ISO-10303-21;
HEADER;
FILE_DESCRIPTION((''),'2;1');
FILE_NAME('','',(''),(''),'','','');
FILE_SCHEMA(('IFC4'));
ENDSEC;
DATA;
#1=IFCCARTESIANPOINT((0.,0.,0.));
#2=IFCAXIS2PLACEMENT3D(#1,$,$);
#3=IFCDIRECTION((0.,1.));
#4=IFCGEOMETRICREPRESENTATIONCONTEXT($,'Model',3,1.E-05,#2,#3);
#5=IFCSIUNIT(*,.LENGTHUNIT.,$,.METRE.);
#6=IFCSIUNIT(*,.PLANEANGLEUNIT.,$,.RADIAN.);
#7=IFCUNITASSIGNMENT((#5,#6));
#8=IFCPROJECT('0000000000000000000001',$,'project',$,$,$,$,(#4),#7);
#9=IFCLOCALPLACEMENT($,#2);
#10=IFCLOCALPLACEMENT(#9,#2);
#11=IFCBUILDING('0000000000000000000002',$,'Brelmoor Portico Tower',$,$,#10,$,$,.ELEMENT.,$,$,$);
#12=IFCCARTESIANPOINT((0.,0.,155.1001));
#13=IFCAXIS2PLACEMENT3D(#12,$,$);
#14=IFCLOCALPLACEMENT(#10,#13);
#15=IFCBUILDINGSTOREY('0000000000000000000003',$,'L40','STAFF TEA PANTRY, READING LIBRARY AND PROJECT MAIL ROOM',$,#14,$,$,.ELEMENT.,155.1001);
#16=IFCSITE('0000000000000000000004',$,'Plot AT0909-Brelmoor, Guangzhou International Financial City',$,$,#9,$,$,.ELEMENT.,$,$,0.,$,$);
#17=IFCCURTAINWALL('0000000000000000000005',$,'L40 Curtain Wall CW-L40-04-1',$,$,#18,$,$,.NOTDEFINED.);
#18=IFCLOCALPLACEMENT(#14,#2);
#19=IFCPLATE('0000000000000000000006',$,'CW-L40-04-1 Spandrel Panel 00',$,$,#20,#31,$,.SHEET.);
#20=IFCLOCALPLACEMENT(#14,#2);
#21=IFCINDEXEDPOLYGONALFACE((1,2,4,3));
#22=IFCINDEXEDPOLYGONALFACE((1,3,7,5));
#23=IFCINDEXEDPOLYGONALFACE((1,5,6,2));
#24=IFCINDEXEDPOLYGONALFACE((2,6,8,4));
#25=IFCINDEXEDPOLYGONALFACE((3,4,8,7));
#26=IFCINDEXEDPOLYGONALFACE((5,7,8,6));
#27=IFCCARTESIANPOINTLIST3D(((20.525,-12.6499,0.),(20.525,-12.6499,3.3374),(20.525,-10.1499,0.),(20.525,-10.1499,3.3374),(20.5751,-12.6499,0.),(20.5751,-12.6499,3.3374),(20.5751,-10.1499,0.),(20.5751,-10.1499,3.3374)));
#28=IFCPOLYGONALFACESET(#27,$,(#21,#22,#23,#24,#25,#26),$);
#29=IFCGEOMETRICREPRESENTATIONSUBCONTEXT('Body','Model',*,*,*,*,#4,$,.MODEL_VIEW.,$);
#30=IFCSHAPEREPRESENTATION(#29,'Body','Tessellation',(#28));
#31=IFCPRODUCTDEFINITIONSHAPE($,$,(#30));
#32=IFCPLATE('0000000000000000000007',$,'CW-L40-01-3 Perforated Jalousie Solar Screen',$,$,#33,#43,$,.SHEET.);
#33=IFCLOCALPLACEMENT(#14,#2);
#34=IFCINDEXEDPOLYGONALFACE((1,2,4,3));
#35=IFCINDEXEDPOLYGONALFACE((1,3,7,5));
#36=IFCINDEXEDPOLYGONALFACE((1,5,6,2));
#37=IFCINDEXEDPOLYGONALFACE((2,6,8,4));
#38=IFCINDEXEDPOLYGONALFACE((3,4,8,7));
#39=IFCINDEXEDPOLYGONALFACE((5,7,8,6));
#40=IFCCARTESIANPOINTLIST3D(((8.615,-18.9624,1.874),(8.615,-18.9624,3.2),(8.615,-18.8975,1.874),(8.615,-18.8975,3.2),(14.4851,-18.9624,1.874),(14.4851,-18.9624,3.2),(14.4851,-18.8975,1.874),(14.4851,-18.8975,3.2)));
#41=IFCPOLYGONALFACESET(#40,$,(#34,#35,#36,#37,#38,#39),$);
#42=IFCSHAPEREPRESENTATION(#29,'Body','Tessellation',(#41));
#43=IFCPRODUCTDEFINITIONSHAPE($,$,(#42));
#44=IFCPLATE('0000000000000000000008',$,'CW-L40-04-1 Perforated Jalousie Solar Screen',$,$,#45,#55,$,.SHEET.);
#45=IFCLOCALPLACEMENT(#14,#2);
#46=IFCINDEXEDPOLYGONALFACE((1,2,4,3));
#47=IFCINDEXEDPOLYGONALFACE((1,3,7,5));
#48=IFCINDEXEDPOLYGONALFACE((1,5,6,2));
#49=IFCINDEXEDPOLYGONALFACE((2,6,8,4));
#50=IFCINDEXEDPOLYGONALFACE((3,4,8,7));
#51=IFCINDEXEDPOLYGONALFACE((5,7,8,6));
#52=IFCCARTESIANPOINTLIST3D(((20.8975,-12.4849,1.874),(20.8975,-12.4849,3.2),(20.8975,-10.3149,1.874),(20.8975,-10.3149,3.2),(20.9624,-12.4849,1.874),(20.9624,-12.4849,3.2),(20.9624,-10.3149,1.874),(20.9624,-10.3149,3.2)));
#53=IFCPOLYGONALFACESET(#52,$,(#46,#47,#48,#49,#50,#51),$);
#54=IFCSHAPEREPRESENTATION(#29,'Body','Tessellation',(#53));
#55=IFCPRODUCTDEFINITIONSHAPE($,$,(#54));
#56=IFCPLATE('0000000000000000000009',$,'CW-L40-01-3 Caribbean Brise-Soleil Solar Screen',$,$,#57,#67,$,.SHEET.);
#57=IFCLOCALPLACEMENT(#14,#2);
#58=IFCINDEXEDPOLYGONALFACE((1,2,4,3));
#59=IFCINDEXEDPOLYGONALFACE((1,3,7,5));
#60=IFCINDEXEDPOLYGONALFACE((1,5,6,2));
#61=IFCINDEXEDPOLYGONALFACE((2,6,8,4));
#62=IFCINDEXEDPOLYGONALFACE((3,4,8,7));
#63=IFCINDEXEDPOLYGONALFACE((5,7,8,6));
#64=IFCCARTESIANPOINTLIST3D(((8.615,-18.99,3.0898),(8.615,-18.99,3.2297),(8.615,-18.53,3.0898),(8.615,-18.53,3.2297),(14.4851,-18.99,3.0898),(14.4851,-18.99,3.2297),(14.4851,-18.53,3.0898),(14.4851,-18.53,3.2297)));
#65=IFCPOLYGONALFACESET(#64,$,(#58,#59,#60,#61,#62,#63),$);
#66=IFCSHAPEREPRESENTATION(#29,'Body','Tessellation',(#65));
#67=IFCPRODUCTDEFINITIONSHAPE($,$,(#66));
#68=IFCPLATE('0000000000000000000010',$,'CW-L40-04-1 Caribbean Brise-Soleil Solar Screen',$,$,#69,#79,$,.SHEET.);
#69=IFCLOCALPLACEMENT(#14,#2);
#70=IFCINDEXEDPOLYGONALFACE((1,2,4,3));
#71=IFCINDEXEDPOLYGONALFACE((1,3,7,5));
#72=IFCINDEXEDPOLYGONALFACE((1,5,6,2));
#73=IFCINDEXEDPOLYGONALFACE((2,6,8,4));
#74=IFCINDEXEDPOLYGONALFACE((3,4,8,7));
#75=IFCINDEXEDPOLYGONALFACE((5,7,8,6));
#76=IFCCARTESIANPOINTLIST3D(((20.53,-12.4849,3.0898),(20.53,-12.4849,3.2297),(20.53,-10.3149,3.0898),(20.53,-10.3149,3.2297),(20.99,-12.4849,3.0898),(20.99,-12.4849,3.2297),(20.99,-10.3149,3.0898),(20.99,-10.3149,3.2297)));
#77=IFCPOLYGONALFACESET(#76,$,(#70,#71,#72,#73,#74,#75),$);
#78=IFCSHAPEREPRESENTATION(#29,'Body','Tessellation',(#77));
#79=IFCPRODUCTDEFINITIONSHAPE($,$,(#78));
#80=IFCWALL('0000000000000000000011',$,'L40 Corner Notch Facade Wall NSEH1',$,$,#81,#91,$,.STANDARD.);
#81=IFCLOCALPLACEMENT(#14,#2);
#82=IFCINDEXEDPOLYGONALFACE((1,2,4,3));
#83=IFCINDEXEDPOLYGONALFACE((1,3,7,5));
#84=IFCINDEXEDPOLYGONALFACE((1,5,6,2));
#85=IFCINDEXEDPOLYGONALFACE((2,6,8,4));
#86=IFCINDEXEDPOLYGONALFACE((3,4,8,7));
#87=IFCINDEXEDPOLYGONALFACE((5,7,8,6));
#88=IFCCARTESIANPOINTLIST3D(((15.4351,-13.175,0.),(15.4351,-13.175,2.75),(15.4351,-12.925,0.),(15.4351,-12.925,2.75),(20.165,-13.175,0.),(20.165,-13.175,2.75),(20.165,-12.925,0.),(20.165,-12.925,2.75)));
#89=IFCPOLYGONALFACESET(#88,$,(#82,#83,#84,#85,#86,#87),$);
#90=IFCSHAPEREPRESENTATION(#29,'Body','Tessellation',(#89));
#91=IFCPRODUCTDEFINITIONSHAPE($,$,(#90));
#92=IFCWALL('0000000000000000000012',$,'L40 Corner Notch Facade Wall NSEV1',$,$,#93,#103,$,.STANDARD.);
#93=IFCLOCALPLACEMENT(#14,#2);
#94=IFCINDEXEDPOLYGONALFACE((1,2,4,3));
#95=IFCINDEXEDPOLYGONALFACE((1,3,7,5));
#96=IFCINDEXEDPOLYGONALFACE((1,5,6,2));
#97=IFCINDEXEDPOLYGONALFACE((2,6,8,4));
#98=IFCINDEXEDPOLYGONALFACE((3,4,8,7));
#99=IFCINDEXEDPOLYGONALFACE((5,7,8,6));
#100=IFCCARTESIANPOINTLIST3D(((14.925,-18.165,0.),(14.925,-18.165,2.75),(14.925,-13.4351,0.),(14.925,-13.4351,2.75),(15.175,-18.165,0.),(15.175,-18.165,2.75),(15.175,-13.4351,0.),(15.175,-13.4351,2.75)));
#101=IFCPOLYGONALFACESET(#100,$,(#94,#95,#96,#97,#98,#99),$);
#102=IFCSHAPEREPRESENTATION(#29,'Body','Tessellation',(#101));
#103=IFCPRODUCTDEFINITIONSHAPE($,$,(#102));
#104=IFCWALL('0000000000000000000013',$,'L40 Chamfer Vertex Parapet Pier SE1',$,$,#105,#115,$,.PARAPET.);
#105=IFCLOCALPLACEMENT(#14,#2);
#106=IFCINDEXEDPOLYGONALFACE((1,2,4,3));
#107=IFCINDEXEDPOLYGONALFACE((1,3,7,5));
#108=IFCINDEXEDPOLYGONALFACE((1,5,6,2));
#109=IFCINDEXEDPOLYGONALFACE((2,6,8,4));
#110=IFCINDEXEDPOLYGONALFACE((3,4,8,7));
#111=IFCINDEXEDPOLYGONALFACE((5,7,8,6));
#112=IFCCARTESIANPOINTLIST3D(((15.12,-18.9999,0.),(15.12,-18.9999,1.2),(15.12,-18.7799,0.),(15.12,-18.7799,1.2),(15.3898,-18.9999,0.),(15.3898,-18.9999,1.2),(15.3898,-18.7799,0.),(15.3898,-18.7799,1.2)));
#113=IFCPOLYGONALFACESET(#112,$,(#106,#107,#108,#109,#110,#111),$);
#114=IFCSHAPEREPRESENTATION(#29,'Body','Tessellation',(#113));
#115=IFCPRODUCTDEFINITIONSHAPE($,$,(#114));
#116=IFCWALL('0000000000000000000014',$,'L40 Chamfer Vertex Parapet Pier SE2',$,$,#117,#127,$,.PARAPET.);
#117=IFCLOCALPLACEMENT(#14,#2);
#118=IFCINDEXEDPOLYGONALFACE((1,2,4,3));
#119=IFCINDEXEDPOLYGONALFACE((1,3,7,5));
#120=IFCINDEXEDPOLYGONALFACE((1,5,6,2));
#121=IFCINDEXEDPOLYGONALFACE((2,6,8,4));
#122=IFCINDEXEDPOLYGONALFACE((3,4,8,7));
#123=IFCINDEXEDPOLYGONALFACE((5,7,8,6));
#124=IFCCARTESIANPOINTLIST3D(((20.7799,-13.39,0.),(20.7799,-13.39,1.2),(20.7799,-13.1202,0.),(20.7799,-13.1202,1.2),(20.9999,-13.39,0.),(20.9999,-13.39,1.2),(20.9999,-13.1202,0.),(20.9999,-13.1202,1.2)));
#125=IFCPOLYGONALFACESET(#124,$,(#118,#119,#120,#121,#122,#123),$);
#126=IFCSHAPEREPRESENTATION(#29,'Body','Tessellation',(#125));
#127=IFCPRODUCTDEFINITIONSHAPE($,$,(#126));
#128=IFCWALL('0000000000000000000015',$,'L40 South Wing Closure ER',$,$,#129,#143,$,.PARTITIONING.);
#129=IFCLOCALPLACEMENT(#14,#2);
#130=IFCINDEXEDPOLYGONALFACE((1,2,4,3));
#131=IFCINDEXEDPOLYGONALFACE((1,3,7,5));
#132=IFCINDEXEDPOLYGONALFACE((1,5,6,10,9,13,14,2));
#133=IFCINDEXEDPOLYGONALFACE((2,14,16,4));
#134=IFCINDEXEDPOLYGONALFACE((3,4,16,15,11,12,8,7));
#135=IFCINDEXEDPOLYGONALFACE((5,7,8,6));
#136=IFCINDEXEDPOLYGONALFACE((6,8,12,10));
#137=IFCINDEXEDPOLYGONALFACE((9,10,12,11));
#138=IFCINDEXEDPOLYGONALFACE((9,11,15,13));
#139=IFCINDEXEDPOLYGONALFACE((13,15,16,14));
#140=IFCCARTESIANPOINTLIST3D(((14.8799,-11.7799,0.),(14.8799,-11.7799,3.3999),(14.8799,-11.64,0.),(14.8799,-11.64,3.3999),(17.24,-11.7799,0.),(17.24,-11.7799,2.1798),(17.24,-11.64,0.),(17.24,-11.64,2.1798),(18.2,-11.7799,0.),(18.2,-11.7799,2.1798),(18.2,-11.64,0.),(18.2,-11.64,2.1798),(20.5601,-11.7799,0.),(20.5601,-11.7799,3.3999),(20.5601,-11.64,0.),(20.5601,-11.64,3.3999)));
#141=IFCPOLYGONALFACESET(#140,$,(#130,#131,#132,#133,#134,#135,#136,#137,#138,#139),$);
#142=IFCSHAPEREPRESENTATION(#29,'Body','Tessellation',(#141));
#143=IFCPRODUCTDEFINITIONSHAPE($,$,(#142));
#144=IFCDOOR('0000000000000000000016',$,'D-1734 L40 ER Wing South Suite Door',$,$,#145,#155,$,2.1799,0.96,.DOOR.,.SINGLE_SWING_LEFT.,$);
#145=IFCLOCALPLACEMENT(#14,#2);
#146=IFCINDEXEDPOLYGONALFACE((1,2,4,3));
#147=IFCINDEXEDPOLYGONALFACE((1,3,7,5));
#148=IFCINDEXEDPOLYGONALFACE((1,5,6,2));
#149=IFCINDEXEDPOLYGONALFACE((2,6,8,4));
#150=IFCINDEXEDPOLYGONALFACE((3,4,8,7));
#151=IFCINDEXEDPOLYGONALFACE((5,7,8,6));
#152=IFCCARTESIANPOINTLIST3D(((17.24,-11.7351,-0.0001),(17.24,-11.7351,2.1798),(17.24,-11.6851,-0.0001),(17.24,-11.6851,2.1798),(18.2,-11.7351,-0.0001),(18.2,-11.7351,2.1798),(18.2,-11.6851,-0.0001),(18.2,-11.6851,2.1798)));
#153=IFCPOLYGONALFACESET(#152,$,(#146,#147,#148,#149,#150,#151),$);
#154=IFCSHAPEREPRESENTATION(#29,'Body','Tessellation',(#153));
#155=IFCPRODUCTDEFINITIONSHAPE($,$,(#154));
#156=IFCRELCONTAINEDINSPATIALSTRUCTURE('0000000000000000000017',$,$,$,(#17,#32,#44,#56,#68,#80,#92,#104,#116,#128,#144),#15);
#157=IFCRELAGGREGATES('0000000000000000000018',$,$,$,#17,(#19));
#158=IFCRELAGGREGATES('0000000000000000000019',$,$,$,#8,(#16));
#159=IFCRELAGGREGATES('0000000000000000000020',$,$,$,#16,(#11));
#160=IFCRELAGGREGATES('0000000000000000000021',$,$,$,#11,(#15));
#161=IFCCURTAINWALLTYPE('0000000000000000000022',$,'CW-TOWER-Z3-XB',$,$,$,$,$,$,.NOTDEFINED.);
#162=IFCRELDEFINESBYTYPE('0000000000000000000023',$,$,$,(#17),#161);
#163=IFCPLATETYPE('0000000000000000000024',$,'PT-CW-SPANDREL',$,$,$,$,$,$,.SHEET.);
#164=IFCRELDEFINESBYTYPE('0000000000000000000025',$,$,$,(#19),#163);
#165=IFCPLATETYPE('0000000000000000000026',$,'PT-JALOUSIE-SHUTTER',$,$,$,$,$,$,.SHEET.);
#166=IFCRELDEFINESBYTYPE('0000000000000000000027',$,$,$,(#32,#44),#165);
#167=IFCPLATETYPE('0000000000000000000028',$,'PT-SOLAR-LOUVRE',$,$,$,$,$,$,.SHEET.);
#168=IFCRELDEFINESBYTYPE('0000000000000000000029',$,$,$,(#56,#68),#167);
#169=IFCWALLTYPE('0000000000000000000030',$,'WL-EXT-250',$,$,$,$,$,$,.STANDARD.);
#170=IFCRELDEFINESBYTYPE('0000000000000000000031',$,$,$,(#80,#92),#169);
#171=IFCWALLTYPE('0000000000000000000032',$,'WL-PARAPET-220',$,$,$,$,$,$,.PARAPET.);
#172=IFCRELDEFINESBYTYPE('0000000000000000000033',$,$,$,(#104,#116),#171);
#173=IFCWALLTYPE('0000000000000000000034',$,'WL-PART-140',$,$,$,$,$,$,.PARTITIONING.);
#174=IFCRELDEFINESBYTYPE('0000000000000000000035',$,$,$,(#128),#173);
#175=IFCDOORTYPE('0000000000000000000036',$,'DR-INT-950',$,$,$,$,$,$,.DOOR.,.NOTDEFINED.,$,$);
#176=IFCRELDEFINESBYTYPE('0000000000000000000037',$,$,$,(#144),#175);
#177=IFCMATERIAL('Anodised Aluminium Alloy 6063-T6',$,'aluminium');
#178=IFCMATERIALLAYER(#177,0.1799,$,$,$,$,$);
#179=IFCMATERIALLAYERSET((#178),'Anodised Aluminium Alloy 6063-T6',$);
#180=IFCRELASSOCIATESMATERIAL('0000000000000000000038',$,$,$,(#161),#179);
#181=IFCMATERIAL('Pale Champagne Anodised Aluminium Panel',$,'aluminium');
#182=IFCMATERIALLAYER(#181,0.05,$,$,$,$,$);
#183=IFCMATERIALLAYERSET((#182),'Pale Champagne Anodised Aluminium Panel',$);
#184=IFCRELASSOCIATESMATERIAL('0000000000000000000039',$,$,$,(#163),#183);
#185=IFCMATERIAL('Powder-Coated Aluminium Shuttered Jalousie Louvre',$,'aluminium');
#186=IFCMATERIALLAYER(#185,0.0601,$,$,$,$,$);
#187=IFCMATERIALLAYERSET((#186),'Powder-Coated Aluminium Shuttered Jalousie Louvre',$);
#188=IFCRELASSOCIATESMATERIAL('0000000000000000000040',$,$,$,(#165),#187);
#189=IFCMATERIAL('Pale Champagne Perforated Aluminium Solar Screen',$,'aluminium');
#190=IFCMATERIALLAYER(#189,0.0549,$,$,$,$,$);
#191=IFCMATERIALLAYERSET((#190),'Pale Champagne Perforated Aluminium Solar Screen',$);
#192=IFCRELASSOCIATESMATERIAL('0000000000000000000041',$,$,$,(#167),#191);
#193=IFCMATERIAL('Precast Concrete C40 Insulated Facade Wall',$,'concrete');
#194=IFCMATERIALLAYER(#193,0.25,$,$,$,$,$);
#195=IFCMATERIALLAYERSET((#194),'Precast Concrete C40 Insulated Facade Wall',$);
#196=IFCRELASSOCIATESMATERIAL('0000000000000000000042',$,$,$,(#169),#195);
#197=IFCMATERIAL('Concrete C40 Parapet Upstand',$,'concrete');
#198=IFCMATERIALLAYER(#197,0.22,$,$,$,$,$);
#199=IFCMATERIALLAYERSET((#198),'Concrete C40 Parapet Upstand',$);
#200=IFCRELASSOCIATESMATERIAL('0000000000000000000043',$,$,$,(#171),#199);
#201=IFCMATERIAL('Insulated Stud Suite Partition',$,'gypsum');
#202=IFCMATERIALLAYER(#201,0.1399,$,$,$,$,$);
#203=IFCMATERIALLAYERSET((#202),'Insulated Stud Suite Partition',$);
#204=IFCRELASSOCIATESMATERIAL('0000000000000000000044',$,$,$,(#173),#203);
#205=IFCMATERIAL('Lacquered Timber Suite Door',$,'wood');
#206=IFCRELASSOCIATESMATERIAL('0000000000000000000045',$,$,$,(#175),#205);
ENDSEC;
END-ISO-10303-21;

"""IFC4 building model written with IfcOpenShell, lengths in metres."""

from ifc_helpers import new_model, si_unit, direction, frame, frame_2d, origin, origin_2d, place, context, subcontext, project, spatial, rectangle, extrude, material, layer, layer_set, type_object, element, fill, aggregate, save


model = new_model("IFC4")

# Units and contexts
model_context = context("Model", 3, precision=1e-05, world=origin(), true_north=direction((0.0, 1.0)))
body_context = subcontext(model_context, "Body", "Model", "MODEL_VIEW")
ifc_project = project(units=[si_unit("LENGTHUNIT", "METRE"), si_unit("PLANEANGLEUNIT", "RADIAN")], contexts=[model_context])

# Site, building, storey
site_placement = place(None, origin())
site = spatial("IfcSite", under=ifc_project, at=site_placement, Name="Plot AT0909-Brelmoor, Guangzhou International Financial City", CompositionType="ELEMENT", RefElevation=0.0)
building_placement = place(site_placement, origin())
building = spatial("IfcBuilding", under=site, at=building_placement, Name="Brelmoor Portico Tower", CompositionType="ELEMENT")
storey_placement = place(building_placement, frame((0.0, 0.0, 155.1001)))
storey = spatial("IfcBuildingStorey", under=building, at=storey_placement, Name="L40", Description="STAFF TEA PANTRY, READING LIBRARY AND PROJECT MAIL ROOM", CompositionType="ELEMENT", Elevation=155.1001)

# Shared definitions
ifc_material_1 = material(Name="Anodised Aluminium Alloy 6063-T6", Category="aluminium")
ifc_layer_1 = layer(ifc_material_1, 0.1799)
ifc_layer_set_1 = layer_set([ifc_layer_1], Name="Anodised Aluminium Alloy 6063-T6")
curtain_wall_type = type_object("IfcCurtainWallType", Name="CW-TOWER-Z3-XB", PredefinedType="NOTDEFINED", material=ifc_layer_set_1)

# Curtain wall
curtain_wall_1_placement = place(storey_placement, origin())
curtain_wall_1 = element("IfcCurtainWall", 1, at=curtain_wall_1_placement, inside=storey, type_object=curtain_wall_type, Name="L40 Curtain Wall CW-L40-04-1", PredefinedType="NOTDEFINED")

# Plate
ifc_material_2 = material(Name="Pale Champagne Anodised Aluminium Panel", Category="aluminium")
ifc_layer_2 = layer(ifc_material_2, 0.05)
ifc_layer_set_2 = layer_set([ifc_layer_2], Name="Pale Champagne Anodised Aluminium Panel")
plate_type_1 = type_object("IfcPlateType", Name="PT-CW-SPANDREL", PredefinedType="SHEET", material=ifc_layer_set_2)
plate_1_placement = place(storey_placement, frame((20.55, -11.3999, 0.0), z_axis=(0.0, 0.0, 1.0), x_axis=(0.0, 1.0, 0.0)))
plate_1 = element("IfcPlate", 2, at=plate_1_placement, type_object=plate_type_1, Name="CW-L40-04-1 Spandrel Panel 00", PredefinedType="SHEET", context=body_context, shape_type="SweptSolid", body=[
    extrude(rectangle(XDim=2.5, YDim=0.05, at=origin_2d()), origin(), (0.0, 0.0, 1.0), 3.3374),
])
aggregate(curtain_wall_1, [plate_1])

# Plates
ifc_material_3 = material(Name="Powder-Coated Aluminium Shuttered Jalousie Louvre", Category="aluminium")
ifc_layer_3 = layer(ifc_material_3, 0.0601)
ifc_layer_set_3 = layer_set([ifc_layer_3], Name="Powder-Coated Aluminium Shuttered Jalousie Louvre")
plate_type_2 = type_object("IfcPlateType", Name="PT-JALOUSIE-SHUTTER", PredefinedType="SHEET", material=ifc_layer_set_3)
plate_2_placement = place(storey_placement, frame((11.55, -18.9299, 1.874), z_axis=(0.0, 0.0, 1.0), x_axis=(1.0, 0.0, 0.0)))
element("IfcPlate", 3, at=plate_2_placement, inside=storey, type_object=plate_type_2, Name="CW-L40-01-3 Perforated Jalousie Solar Screen", PredefinedType="SHEET", context=body_context, shape_type="SweptSolid", body=[
    extrude(rectangle(XDim=5.8701, YDim=0.0649, at=origin_2d()), origin(), (0.0, 0.0, 1.0), 1.3259),
])
plate_3_placement = place(storey_placement, frame((20.9299, -11.3999, 1.874), z_axis=(0.0, 0.0, 1.0), x_axis=(0.0, 1.0, 0.0)))
element("IfcPlate", 4, at=plate_3_placement, inside=storey, type_object=plate_type_2, Name="CW-L40-04-1 Perforated Jalousie Solar Screen", PredefinedType="SHEET", context=body_context, shape_type="SweptSolid", body=[
    extrude(rectangle(XDim=2.1699, YDim=0.0649, at=origin_2d()), origin(), (0.0, 0.0, 1.0), 1.3259),
])
ifc_material_4 = material(Name="Pale Champagne Perforated Aluminium Solar Screen", Category="aluminium")
ifc_layer_4 = layer(ifc_material_4, 0.0549)
ifc_layer_set_4 = layer_set([ifc_layer_4], Name="Pale Champagne Perforated Aluminium Solar Screen")
plate_type_3 = type_object("IfcPlateType", Name="PT-SOLAR-LOUVRE", PredefinedType="SHEET", material=ifc_layer_set_4)
plate_4_placement = place(storey_placement, frame((11.55, -18.76, 3.0898), z_axis=(0.0, 0.0, 1.0), x_axis=(1.0, 0.0, 0.0)))
element("IfcPlate", 5, at=plate_4_placement, inside=storey, type_object=plate_type_3, Name="CW-L40-01-3 Caribbean Brise-Soleil Solar Screen", PredefinedType="SHEET", context=body_context, shape_type="SweptSolid", body=[
    extrude(rectangle(XDim=5.8701, YDim=0.46, at=origin_2d()), origin(), (0.0, 0.0, 1.0), 0.1399),
])
plate_5_placement = place(storey_placement, frame((20.76, -11.3999, 3.0898), z_axis=(0.0, 0.0, 1.0), x_axis=(0.0, 1.0, 0.0)))
element("IfcPlate", 6, at=plate_5_placement, inside=storey, type_object=plate_type_3, Name="CW-L40-04-1 Caribbean Brise-Soleil Solar Screen", PredefinedType="SHEET", context=body_context, shape_type="SweptSolid", body=[
    extrude(rectangle(XDim=2.1699, YDim=0.46, at=origin_2d()), origin(), (0.0, 0.0, 1.0), 0.1399),
])

# Walls
ifc_material_5 = material(Name="Precast Concrete C40 Insulated Facade Wall", Category="concrete")
ifc_layer_5 = layer(ifc_material_5, 0.25)
ifc_layer_set_5 = layer_set([ifc_layer_5], Name="Precast Concrete C40 Insulated Facade Wall")
wall_type_1 = type_object("IfcWallType", Name="WL-EXT-250", PredefinedType="STANDARD", material=ifc_layer_set_5)
for number, where, z_axis, x_axis, name in (
    (7, (15.4351, -13.05, 0.0), (0.0, 0.0, 1.0), (1.0, 0.0, 0.0), "L40 Corner Notch Facade Wall NSEH1"),
    (8, (15.05, -18.165, 0.0), (0.0, 0.0, 1.0), (0.0, 1.0, 0.0), "L40 Corner Notch Facade Wall NSEV1"),
):
    element("IfcWall", number, at=place(storey_placement, frame(where, z_axis=z_axis, x_axis=x_axis)), inside=storey, type_object=wall_type_1, Name=name, PredefinedType="STANDARD", context=body_context, shape_type="SweptSolid", body=[
        extrude(rectangle(XDim=4.73, YDim=0.25, at=frame_2d((2.365, 0.0))), origin(), (0.0, 0.0, 1.0), 2.75),
    ])
ifc_material_6 = material(Name="Concrete C40 Parapet Upstand", Category="concrete")
ifc_layer_6 = layer(ifc_material_6, 0.22)
ifc_layer_set_6 = layer_set([ifc_layer_6], Name="Concrete C40 Parapet Upstand")
wall_type_2 = type_object("IfcWallType", Name="WL-PARAPET-220", PredefinedType="PARAPET", material=ifc_layer_set_6)
for number, where, z_axis, x_axis, name in (
    (9, (15.1201, -18.8899, 0.0), (0.0, 0.0, 1.0), (1.0, 0.0, 0.0), "L40 Chamfer Vertex Parapet Pier SE1"),
    (10, (20.8899, -13.3899, 0.0), (0.0, 0.0, 1.0), (0.0, 1.0, 0.0), "L40 Chamfer Vertex Parapet Pier SE2"),
):
    element("IfcWall", number, at=place(storey_placement, frame(where, z_axis=z_axis, x_axis=x_axis)), inside=storey, type_object=wall_type_2, Name=name, PredefinedType="PARAPET", context=body_context, shape_type="SweptSolid", body=[
        extrude(rectangle(XDim=0.2698, YDim=0.22, at=frame_2d((0.1348, 0.0))), origin(), (0.0, 0.0, 1.0), 1.2),
    ])

# Wall, opening, door
ifc_material_7 = material(Name="Insulated Stud Suite Partition", Category="gypsum")
ifc_layer_7 = layer(ifc_material_7, 0.1399)
ifc_layer_set_7 = layer_set([ifc_layer_7], Name="Insulated Stud Suite Partition")
wall_type_3 = type_object("IfcWallType", Name="WL-PART-140", PredefinedType="PARTITIONING", material=ifc_layer_set_7)
wall_placement = place(storey_placement, frame((14.8799, -11.71, 0.0), z_axis=(0.0, 0.0, 1.0), x_axis=(1.0, 0.0, 0.0)))
wall = element("IfcWall", 11, at=wall_placement, inside=storey, type_object=wall_type_3, Name="L40 South Wing Closure ER", PredefinedType="PARTITIONING", context=body_context, shape_type="SweptSolid", body=[
    extrude(rectangle(XDim=5.6802, YDim=0.1399, at=frame_2d((2.8401, 0.0))), origin(), (0.0, 0.0, 1.0), 3.3999),
])
opening_placement = place(wall_placement, frame((2.3601, 0.0, 0.0)))
opening = element("IfcOpeningElement", 12, at=opening_placement, cuts=wall, PredefinedType="OPENING", context=body_context, shape_type="SweptSolid", body=[
    extrude(rectangle(XDim=0.96, YDim=2.1799, at=frame_2d((0.48, 1.0898))), frame((0.0, 0.0798, 0.0), z_axis=(0.0, -1.0, 0.0), x_axis=(1.0, 0.0, 0.0)), (0.0, 0.0, 1.0), 0.1599),
])
ifc_material_8 = material(Name="Lacquered Timber Suite Door", Category="wood")
door_type = type_object("IfcDoorType", Name="DR-INT-950", OperationType="NOTDEFINED", PredefinedType="DOOR", material=ifc_material_8)
door_placement = place(opening_placement, origin())
door = element("IfcDoor", 13, at=door_placement, inside=storey, type_object=door_type, Name="D-1734 L40 ER Wing South Suite Door", OperationType="SINGLE_SWING_LEFT", OverallHeight=2.1799, OverallWidth=0.96, PredefinedType="DOOR", context=body_context, shape_type="SweptSolid", body=[
    extrude(rectangle(XDim=0.96, YDim=2.1799, at=frame_2d((0.48, 1.0898))), frame((0.0, 0.0249, 0.0), z_axis=(0.0, -1.0, 0.0), x_axis=(1.0, 0.0, 0.0)), (0.0, 0.0, 1.0), 0.05),
])
fill(opening, door)

save(model, "model.ifc")
